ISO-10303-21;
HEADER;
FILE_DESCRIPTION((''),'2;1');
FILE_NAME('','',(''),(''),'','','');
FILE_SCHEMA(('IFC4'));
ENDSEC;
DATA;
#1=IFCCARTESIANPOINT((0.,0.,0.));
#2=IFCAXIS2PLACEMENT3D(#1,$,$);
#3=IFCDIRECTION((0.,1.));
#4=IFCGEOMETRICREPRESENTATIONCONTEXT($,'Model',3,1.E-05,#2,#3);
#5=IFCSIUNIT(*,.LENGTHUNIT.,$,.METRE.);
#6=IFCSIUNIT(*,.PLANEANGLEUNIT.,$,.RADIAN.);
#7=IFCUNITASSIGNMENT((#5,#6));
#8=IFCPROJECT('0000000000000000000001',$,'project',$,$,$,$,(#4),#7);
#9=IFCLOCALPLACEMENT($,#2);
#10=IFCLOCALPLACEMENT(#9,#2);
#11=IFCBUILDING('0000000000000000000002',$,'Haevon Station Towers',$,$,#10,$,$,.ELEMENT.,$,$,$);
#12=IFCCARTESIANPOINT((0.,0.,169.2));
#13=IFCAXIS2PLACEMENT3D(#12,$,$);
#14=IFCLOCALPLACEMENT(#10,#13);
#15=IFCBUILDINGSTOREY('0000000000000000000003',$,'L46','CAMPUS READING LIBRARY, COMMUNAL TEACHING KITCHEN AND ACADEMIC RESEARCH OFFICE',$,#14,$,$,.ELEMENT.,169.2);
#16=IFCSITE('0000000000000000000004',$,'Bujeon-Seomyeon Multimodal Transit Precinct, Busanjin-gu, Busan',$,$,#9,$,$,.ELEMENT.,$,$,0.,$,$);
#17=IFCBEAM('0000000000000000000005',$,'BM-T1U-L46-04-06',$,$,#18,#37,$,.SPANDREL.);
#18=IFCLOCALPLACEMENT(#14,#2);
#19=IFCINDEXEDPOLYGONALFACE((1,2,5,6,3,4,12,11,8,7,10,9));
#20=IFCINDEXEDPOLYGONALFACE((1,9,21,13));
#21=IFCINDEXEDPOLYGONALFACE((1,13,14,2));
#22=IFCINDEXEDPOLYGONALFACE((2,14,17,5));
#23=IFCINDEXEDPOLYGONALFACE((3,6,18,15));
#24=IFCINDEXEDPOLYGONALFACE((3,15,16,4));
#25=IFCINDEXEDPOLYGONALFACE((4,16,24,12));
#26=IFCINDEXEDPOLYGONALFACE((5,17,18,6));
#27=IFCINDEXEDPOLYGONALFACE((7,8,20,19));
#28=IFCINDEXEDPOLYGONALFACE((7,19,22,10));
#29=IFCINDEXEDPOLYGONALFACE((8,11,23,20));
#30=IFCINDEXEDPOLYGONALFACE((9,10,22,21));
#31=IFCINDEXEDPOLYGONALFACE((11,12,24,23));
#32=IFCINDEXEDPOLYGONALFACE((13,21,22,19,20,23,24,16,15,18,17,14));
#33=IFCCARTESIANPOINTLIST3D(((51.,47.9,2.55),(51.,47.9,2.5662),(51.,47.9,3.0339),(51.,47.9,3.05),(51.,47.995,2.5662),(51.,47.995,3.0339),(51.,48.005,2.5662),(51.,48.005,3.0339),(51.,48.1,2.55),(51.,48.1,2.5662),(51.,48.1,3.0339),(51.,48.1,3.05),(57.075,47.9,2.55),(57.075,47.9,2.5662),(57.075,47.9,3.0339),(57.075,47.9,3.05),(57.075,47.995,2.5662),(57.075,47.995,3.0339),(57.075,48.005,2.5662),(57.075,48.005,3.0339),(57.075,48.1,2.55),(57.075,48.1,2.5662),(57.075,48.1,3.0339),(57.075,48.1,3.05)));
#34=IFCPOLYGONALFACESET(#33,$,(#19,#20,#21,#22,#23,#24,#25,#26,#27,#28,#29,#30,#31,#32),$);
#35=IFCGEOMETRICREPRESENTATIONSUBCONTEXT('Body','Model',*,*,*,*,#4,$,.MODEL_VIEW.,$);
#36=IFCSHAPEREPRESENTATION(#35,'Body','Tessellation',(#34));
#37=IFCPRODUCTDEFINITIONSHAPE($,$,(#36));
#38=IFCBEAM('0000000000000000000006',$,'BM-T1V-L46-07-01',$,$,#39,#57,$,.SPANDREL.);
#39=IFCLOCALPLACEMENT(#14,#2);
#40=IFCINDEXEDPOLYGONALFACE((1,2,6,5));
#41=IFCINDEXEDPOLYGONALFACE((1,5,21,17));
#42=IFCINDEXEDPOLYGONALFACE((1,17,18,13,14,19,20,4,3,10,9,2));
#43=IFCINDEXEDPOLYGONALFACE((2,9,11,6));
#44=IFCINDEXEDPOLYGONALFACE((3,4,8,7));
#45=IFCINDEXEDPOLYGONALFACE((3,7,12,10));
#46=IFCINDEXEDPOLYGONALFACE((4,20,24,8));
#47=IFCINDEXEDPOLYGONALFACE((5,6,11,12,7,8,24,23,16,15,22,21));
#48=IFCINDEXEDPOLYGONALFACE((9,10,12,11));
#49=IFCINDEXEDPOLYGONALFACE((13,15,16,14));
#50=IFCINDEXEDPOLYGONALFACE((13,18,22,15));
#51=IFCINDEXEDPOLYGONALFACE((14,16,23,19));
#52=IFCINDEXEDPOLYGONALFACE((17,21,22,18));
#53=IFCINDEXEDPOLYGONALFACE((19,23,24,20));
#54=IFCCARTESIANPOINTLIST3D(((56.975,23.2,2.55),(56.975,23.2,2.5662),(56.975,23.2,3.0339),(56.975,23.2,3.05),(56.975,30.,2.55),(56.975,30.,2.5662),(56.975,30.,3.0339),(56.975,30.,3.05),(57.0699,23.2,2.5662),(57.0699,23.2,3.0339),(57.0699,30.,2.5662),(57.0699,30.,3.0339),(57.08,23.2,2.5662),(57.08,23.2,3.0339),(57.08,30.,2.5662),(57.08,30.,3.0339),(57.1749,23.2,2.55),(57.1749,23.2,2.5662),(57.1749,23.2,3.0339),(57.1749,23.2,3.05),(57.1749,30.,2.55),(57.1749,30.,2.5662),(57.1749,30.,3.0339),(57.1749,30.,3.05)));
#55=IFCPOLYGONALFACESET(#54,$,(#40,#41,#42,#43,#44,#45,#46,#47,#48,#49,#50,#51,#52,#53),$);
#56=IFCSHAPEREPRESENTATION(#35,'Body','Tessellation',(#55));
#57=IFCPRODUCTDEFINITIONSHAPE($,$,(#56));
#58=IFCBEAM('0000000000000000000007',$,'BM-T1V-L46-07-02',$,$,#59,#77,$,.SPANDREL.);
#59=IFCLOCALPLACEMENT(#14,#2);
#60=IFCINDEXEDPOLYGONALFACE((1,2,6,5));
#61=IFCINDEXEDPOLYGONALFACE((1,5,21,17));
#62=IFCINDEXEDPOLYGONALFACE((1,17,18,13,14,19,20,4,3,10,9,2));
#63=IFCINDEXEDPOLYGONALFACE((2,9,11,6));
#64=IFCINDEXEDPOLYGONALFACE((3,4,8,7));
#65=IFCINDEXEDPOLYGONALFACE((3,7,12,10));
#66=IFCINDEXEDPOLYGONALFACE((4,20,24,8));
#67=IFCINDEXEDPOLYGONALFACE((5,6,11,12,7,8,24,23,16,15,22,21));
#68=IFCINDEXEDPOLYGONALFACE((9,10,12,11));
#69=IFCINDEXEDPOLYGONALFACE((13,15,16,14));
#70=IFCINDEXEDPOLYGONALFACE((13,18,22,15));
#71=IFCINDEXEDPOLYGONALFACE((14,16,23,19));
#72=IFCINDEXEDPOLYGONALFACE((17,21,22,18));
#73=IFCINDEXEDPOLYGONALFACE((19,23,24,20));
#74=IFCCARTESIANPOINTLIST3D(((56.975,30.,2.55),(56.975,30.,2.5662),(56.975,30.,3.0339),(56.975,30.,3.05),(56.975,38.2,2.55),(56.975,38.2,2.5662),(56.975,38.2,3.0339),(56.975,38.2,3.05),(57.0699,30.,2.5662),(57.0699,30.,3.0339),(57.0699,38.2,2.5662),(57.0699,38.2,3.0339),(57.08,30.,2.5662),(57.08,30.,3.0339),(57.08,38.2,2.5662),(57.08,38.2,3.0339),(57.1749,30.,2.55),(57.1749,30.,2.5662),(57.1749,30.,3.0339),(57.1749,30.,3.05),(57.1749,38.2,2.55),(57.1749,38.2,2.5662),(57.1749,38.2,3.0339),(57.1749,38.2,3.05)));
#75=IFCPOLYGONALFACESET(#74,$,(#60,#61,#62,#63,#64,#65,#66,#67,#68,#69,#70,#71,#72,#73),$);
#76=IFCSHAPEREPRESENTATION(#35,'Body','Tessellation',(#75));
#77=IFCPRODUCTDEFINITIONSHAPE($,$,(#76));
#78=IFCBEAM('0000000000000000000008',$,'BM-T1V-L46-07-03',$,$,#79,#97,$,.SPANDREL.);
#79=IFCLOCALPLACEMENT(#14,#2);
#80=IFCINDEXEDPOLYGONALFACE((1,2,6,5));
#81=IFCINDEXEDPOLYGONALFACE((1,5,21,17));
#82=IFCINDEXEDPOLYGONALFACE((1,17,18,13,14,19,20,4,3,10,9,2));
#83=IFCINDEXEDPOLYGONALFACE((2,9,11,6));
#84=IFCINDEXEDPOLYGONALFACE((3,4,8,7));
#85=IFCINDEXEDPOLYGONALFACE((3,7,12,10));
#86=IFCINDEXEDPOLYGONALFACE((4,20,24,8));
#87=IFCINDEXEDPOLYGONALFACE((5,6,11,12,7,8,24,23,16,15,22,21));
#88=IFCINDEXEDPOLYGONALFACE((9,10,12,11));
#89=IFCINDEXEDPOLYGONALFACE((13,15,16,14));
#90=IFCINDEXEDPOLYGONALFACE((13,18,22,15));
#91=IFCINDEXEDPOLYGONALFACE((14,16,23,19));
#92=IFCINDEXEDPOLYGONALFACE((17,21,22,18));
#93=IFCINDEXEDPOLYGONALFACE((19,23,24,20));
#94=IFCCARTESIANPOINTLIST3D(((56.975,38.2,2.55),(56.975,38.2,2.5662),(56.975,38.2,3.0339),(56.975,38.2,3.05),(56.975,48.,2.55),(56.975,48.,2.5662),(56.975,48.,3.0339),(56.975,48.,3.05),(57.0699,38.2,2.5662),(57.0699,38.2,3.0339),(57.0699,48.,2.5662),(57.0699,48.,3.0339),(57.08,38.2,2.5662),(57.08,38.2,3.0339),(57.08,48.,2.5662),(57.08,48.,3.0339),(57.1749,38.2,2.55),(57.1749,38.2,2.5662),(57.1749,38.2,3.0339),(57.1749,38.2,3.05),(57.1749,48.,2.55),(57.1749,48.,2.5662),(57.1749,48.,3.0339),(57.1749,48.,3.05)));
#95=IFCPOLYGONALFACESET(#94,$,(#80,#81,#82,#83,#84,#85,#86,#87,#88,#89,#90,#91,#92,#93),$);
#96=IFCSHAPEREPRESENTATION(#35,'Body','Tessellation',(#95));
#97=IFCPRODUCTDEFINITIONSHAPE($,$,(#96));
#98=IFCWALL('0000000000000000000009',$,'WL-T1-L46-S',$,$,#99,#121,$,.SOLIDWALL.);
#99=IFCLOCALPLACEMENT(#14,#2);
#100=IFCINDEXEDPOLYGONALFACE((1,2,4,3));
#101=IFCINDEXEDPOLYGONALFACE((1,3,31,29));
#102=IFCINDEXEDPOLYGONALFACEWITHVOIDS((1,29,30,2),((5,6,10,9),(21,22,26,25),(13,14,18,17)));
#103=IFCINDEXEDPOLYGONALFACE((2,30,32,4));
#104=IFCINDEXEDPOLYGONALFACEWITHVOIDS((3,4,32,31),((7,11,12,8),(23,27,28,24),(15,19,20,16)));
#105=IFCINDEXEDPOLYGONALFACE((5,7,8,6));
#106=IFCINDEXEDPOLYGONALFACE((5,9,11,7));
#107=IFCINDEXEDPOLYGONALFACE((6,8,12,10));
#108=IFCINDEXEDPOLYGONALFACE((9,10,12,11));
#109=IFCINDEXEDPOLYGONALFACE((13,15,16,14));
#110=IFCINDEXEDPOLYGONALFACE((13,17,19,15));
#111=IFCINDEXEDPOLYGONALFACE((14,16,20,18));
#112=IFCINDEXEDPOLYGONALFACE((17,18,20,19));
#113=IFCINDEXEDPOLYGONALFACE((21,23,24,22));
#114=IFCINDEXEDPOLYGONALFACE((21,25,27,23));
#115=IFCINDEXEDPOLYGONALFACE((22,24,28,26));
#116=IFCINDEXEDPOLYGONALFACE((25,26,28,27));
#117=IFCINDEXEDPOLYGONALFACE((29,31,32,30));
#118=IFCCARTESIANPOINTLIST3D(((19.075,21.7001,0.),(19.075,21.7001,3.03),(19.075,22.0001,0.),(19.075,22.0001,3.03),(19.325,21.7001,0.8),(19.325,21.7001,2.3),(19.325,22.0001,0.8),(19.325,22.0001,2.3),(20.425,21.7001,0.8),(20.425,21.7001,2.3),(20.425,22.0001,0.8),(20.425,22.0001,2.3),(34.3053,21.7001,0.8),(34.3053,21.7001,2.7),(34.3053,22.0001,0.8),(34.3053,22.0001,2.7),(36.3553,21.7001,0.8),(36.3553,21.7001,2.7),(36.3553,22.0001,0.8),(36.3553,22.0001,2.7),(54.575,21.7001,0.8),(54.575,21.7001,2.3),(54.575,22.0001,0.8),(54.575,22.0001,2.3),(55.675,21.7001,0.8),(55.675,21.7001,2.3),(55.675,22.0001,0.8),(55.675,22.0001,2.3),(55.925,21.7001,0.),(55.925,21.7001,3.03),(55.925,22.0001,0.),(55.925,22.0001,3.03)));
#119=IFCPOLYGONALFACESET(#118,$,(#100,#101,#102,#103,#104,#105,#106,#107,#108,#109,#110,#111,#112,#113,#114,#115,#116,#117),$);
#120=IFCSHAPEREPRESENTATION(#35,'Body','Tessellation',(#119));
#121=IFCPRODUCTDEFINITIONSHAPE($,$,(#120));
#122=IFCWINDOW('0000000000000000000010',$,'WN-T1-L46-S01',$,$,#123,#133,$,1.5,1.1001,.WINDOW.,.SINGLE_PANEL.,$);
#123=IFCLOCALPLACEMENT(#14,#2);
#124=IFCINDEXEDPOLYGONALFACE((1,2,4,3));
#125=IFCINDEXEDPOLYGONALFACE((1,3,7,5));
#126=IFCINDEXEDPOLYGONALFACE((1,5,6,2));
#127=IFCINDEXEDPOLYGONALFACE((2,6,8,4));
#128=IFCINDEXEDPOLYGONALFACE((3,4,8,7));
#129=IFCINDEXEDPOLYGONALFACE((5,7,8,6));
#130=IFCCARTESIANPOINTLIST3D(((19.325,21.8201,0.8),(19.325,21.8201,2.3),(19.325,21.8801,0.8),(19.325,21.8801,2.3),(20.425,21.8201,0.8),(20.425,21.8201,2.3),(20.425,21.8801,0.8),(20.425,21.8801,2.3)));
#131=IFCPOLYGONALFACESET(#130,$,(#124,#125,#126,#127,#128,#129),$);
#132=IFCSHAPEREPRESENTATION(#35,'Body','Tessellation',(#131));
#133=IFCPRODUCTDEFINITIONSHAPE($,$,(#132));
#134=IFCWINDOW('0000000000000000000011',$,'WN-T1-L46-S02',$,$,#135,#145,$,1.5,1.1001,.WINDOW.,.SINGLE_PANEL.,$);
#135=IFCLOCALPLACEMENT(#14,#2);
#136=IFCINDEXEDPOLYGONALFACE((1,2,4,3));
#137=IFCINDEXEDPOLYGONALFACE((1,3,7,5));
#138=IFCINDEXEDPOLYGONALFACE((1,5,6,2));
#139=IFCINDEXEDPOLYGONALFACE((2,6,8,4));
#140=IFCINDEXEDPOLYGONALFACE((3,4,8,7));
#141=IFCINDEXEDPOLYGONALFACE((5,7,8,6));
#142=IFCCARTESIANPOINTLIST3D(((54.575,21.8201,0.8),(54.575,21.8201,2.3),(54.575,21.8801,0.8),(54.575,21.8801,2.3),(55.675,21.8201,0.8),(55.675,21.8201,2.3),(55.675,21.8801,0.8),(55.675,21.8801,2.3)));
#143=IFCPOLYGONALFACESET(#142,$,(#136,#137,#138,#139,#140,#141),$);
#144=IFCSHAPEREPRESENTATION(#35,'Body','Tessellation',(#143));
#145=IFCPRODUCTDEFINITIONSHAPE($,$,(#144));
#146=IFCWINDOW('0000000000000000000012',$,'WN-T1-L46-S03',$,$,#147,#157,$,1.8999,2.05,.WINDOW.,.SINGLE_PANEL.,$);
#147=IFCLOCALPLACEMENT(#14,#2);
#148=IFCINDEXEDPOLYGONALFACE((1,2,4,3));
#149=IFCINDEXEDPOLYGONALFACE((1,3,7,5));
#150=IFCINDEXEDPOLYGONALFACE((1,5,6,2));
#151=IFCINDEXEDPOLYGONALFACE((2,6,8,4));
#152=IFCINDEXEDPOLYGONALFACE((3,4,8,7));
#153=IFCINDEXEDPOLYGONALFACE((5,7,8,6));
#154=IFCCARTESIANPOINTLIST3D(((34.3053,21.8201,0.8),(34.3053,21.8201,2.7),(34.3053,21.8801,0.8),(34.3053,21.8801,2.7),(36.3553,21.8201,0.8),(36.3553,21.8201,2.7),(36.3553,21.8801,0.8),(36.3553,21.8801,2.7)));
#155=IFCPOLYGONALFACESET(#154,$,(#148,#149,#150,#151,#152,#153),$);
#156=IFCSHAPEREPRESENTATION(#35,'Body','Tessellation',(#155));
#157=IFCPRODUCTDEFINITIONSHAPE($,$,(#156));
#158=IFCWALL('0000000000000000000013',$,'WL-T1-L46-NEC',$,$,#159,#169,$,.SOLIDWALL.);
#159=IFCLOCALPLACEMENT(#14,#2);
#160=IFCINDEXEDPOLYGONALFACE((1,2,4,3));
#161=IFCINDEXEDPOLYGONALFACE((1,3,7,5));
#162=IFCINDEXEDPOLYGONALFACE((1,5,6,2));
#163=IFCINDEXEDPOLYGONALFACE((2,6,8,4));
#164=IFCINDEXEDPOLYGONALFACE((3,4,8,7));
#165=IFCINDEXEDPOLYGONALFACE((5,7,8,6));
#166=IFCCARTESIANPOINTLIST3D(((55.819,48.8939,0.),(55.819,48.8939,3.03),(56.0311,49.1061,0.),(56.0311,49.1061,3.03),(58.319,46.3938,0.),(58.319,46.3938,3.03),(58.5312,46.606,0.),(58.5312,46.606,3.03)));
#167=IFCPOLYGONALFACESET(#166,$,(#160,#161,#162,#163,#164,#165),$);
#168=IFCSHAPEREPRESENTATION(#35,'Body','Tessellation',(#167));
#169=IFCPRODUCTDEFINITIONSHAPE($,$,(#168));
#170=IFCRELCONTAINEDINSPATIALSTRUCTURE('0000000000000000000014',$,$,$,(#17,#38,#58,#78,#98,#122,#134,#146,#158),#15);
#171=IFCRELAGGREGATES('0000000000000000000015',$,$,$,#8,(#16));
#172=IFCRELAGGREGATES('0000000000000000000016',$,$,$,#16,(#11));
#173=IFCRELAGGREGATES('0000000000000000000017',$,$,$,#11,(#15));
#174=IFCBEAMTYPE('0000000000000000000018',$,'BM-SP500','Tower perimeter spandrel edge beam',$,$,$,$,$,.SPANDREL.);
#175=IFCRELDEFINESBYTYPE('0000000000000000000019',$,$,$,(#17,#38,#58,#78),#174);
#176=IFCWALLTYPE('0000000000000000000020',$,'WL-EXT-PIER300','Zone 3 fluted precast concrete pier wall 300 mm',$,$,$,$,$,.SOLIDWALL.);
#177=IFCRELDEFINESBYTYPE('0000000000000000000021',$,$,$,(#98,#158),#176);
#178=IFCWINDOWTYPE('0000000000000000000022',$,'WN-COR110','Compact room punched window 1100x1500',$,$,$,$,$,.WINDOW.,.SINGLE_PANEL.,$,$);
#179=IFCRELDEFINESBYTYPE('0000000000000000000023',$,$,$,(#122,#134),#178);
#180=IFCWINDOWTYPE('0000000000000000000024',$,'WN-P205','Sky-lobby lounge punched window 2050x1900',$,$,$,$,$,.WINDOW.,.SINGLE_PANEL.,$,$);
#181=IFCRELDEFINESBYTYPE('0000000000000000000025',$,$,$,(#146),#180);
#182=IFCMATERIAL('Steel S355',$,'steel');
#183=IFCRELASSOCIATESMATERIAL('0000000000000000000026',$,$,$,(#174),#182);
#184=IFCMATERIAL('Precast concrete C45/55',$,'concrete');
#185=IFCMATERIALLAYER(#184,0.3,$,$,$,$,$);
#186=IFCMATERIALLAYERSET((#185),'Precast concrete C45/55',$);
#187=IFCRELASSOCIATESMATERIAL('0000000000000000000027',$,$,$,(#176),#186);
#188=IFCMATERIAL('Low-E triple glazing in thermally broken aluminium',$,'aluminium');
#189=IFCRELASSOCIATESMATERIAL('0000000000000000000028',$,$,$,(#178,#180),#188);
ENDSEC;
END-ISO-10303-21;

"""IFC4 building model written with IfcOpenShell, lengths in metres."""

from ifc_helpers import new_model, si_unit, direction, frame, frame_2d, origin, origin_2d, place, context, subcontext, project, spatial, rectangle, i_section, extrude, material, layer, layer_set, material_profile, profile_set, type_object, element, fill, save


model = new_model("IFC4")

# Units and contexts
model_context = context("Model", 3, precision=1e-05, world=origin(), true_north=direction((0.0, 1.0)))
body_context = subcontext(model_context, "Body", "Model", "MODEL_VIEW")
ifc_project = project(units=[si_unit("LENGTHUNIT", "METRE"), si_unit("PLANEANGLEUNIT", "RADIAN")], contexts=[model_context])

# Site, building, storey
site_placement = place(None, origin())
site = spatial("IfcSite", under=ifc_project, at=site_placement, Name="Bujeon-Seomyeon Multimodal Transit Precinct, Busanjin-gu, Busan", CompositionType="ELEMENT", RefElevation=0.0)
building_placement = place(site_placement, origin())
building = spatial("IfcBuilding", under=site, at=building_placement, Name="Haevon Station Towers", CompositionType="ELEMENT")
storey_placement = place(building_placement, frame((0.0, 0.0, 169.2)))
storey = spatial("IfcBuildingStorey", under=building, at=storey_placement, Name="L46", Description="CAMPUS READING LIBRARY, COMMUNAL TEACHING KITCHEN AND ACADEMIC RESEARCH OFFICE", CompositionType="ELEMENT", Elevation=169.2)

# Shared definitions
ifc_material_1 = material(Name="Steel S355", Category="steel")

# Beams
ifc_material_profile_1 = material_profile(ifc_material_1, i_section(OverallWidth=0.2, OverallDepth=0.5, WebThickness=0.01, FlangeThickness=0.0161, at=origin_2d()), Name="H-500x200x10x16")
ifc_profile_set_1 = profile_set([ifc_material_profile_1], Name="Steel S355")
beam_type_1 = type_object("IfcBeamType", Name="BM-SP500", Description="Tower perimeter spandrel edge beam", PredefinedType="SPANDREL", material=ifc_profile_set_1)
beam_1_placement = place(storey_placement, frame((51.0, 48.0, 2.8), z_axis=(1.0, 0.0, 0.0), x_axis=(0.0, 1.0, 0.0)))
element("IfcBeam", 1, at=beam_1_placement, inside=storey, type_object=beam_type_1, Name="BM-T1U-L46-04-06", PredefinedType="SPANDREL", context=body_context, shape_type="SweptSolid", body=[
    extrude(i_section(OverallWidth=0.2, OverallDepth=0.5, WebThickness=0.01, FlangeThickness=0.0161, at=origin_2d()), origin(), (0.0, 0.0, 1.0), 6.075),
])
beam_2_placement = place(storey_placement, frame((57.075, 23.2, 2.8), z_axis=(0.0, 1.0, 0.0), x_axis=(-1.0, 0.0, 0.0)))
element("IfcBeam", 2, at=beam_2_placement, inside=storey, type_object=beam_type_1, Name="BM-T1V-L46-07-01", PredefinedType="SPANDREL", context=body_context, shape_type="SweptSolid", body=[
    extrude(i_section(OverallWidth=0.2, OverallDepth=0.5, WebThickness=0.01, FlangeThickness=0.0161, at=origin_2d()), origin(), (0.0, 0.0, 1.0), 6.8),
])
beam_3_placement = place(storey_placement, frame((57.075, 30.0, 2.8), z_axis=(0.0, 1.0, 0.0), x_axis=(-1.0, 0.0, 0.0)))
element("IfcBeam", 3, at=beam_3_placement, inside=storey, type_object=beam_type_1, Name="BM-T1V-L46-07-02", PredefinedType="SPANDREL", context=body_context, shape_type="SweptSolid", body=[
    extrude(i_section(OverallWidth=0.2, OverallDepth=0.5, WebThickness=0.01, FlangeThickness=0.0161, at=origin_2d()), origin(), (0.0, 0.0, 1.0), 8.2),
])
beam_4_placement = place(storey_placement, frame((57.075, 38.2, 2.8), z_axis=(0.0, 1.0, 0.0), x_axis=(-1.0, 0.0, 0.0)))
element("IfcBeam", 4, at=beam_4_placement, inside=storey, type_object=beam_type_1, Name="BM-T1V-L46-07-03", PredefinedType="SPANDREL", context=body_context, shape_type="SweptSolid", body=[
    extrude(i_section(OverallWidth=0.2, OverallDepth=0.5, WebThickness=0.01, FlangeThickness=0.0161, at=origin_2d()), origin(), (0.0, 0.0, 1.0), 9.8),
])

# Wall, openings, windows
ifc_material_2 = material(Name="Precast concrete C45/55", Category="concrete")
ifc_layer_1 = layer(ifc_material_2, 0.3)
ifc_layer_set_1 = layer_set([ifc_layer_1], Name="Precast concrete C45/55")
wall_type_1 = type_object("IfcWallType", Name="WL-EXT-PIER300", Description="Zone 3 fluted precast concrete pier wall 300 mm", PredefinedType="SOLIDWALL", material=ifc_layer_set_1)
wall_1_placement = place(storey_placement, frame((55.925, 21.8501, 0.0), z_axis=(0.0, 0.0, 1.0), x_axis=(-1.0, 0.0, 0.0)))
wall_1 = element("IfcWall", 5, at=wall_1_placement, inside=storey, type_object=wall_type_1, Name="WL-T1-L46-S", PredefinedType="SOLIDWALL", context=body_context, shape_type="SweptSolid", body=[
    extrude(rectangle(XDim=36.8501, YDim=0.3, at=frame_2d((18.425, 0.0))), origin(), (0.0, 0.0, 1.0), 3.03),
])
opening_1_placement = place(wall_1_placement, frame((35.5, 0.0, 0.8)))
opening_1 = element("IfcOpeningElement", 6, at=opening_1_placement, cuts=wall_1, PredefinedType="OPENING", context=body_context, shape_type="SweptSolid", body=[
    extrude(rectangle(XDim=1.1001, YDim=1.5, at=frame_2d((0.55, 0.75))), frame((0.0, 0.1599, 0.0), z_axis=(0.0, -1.0, 0.0), x_axis=(1.0, 0.0, 0.0)), (0.0, 0.0, 1.0), 0.3201),
])
opening_2_placement = place(wall_1_placement, frame((0.25, 0.0, 0.8)))
opening_2 = element("IfcOpeningElement", 7, at=opening_2_placement, cuts=wall_1, PredefinedType="OPENING", context=body_context, shape_type="SweptSolid", body=[
    extrude(rectangle(XDim=1.1001, YDim=1.5, at=frame_2d((0.55, 0.75))), frame((0.0, 0.1599, 0.0), z_axis=(0.0, -1.0, 0.0), x_axis=(1.0, 0.0, 0.0)), (0.0, 0.0, 1.0), 0.3201),
])
opening_3_placement = place(wall_1_placement, frame((19.5698, 0.0, 0.8)))
opening_3 = element("IfcOpeningElement", 8, at=opening_3_placement, cuts=wall_1, PredefinedType="OPENING", context=body_context, shape_type="SweptSolid", body=[
    extrude(rectangle(XDim=2.05, YDim=1.8999, at=frame_2d((1.0249, 0.95))), frame((0.0, 0.1599, 0.0), z_axis=(0.0, -1.0, 0.0), x_axis=(1.0, 0.0, 0.0)), (0.0, 0.0, 1.0), 0.3201),
])
ifc_material_3 = material(Name="Low-E triple glazing in thermally broken aluminium", Category="aluminium")
window_type_1 = type_object("IfcWindowType", Name="WN-COR110", Description="Compact room punched window 1100x1500", PartitioningType="SINGLE_PANEL", PredefinedType="WINDOW", material=ifc_material_3)
window_1_placement = place(opening_1_placement, origin())
window_1 = element("IfcWindow", 9, at=window_1_placement, inside=storey, type_object=window_type_1, Name="WN-T1-L46-S01", OverallHeight=1.5, OverallWidth=1.1001, PartitioningType="SINGLE_PANEL", PredefinedType="WINDOW", context=body_context, shape_type="SweptSolid", body=[
    extrude(rectangle(XDim=1.1001, YDim=1.5, at=frame_2d((0.55, 0.75))), frame((0.0, 0.03, 0.0), z_axis=(0.0, -1.0, 0.0), x_axis=(1.0, 0.0, 0.0)), (0.0, 0.0, 1.0), 0.0601),
])
fill(opening_1, window_1)
window_2_placement = place(opening_2_placement, origin())
window_2 = element("IfcWindow", 10, at=window_2_placement, inside=storey, type_object=window_type_1, Name="WN-T1-L46-S02", OverallHeight=1.5, OverallWidth=1.1001, PartitioningType="SINGLE_PANEL", PredefinedType="WINDOW", context=body_context, shape_type="SweptSolid", body=[
    extrude(rectangle(XDim=1.1001, YDim=1.5, at=frame_2d((0.55, 0.75))), frame((0.0, 0.03, 0.0), z_axis=(0.0, -1.0, 0.0), x_axis=(1.0, 0.0, 0.0)), (0.0, 0.0, 1.0), 0.0601),
])
fill(opening_2, window_2)
window_type_2 = type_object("IfcWindowType", Name="WN-P205", Description="Sky-lobby lounge punched window 2050x1900", PartitioningType="SINGLE_PANEL", PredefinedType="WINDOW", material=ifc_material_3)
window_3_placement = place(opening_3_placement, origin())
window_3 = element("IfcWindow", 11, at=window_3_placement, inside=storey, type_object=window_type_2, Name="WN-T1-L46-S03", OverallHeight=1.8999, OverallWidth=2.05, PartitioningType="SINGLE_PANEL", PredefinedType="WINDOW", context=body_context, shape_type="SweptSolid", body=[
    extrude(rectangle(XDim=2.05, YDim=1.8999, at=frame_2d((1.0249, 0.95))), frame((0.0, 0.03, 0.0), z_axis=(0.0, -1.0, 0.0), x_axis=(1.0, 0.0, 0.0)), (0.0, 0.0, 1.0), 0.0601),
])
fill(opening_3, window_3)

# Wall
wall_2_placement = place(storey_placement, frame((55.925, 49.0, 0.0), z_axis=(0.0, 0.0, 1.0), x_axis=(0.707107, -0.707107, 0.0)))
element("IfcWall", 12, at=wall_2_placement, inside=storey, type_object=wall_type_1, Name="WL-T1-L46-NEC", PredefinedType="SOLIDWALL", context=body_context, shape_type="SweptSolid", body=[
    extrude(rectangle(XDim=3.5356, YDim=0.3, at=frame_2d((1.7678, 0.0))), origin(), (0.0, 0.0, 1.0), 3.03),
])

save(model, "model.ifc")
